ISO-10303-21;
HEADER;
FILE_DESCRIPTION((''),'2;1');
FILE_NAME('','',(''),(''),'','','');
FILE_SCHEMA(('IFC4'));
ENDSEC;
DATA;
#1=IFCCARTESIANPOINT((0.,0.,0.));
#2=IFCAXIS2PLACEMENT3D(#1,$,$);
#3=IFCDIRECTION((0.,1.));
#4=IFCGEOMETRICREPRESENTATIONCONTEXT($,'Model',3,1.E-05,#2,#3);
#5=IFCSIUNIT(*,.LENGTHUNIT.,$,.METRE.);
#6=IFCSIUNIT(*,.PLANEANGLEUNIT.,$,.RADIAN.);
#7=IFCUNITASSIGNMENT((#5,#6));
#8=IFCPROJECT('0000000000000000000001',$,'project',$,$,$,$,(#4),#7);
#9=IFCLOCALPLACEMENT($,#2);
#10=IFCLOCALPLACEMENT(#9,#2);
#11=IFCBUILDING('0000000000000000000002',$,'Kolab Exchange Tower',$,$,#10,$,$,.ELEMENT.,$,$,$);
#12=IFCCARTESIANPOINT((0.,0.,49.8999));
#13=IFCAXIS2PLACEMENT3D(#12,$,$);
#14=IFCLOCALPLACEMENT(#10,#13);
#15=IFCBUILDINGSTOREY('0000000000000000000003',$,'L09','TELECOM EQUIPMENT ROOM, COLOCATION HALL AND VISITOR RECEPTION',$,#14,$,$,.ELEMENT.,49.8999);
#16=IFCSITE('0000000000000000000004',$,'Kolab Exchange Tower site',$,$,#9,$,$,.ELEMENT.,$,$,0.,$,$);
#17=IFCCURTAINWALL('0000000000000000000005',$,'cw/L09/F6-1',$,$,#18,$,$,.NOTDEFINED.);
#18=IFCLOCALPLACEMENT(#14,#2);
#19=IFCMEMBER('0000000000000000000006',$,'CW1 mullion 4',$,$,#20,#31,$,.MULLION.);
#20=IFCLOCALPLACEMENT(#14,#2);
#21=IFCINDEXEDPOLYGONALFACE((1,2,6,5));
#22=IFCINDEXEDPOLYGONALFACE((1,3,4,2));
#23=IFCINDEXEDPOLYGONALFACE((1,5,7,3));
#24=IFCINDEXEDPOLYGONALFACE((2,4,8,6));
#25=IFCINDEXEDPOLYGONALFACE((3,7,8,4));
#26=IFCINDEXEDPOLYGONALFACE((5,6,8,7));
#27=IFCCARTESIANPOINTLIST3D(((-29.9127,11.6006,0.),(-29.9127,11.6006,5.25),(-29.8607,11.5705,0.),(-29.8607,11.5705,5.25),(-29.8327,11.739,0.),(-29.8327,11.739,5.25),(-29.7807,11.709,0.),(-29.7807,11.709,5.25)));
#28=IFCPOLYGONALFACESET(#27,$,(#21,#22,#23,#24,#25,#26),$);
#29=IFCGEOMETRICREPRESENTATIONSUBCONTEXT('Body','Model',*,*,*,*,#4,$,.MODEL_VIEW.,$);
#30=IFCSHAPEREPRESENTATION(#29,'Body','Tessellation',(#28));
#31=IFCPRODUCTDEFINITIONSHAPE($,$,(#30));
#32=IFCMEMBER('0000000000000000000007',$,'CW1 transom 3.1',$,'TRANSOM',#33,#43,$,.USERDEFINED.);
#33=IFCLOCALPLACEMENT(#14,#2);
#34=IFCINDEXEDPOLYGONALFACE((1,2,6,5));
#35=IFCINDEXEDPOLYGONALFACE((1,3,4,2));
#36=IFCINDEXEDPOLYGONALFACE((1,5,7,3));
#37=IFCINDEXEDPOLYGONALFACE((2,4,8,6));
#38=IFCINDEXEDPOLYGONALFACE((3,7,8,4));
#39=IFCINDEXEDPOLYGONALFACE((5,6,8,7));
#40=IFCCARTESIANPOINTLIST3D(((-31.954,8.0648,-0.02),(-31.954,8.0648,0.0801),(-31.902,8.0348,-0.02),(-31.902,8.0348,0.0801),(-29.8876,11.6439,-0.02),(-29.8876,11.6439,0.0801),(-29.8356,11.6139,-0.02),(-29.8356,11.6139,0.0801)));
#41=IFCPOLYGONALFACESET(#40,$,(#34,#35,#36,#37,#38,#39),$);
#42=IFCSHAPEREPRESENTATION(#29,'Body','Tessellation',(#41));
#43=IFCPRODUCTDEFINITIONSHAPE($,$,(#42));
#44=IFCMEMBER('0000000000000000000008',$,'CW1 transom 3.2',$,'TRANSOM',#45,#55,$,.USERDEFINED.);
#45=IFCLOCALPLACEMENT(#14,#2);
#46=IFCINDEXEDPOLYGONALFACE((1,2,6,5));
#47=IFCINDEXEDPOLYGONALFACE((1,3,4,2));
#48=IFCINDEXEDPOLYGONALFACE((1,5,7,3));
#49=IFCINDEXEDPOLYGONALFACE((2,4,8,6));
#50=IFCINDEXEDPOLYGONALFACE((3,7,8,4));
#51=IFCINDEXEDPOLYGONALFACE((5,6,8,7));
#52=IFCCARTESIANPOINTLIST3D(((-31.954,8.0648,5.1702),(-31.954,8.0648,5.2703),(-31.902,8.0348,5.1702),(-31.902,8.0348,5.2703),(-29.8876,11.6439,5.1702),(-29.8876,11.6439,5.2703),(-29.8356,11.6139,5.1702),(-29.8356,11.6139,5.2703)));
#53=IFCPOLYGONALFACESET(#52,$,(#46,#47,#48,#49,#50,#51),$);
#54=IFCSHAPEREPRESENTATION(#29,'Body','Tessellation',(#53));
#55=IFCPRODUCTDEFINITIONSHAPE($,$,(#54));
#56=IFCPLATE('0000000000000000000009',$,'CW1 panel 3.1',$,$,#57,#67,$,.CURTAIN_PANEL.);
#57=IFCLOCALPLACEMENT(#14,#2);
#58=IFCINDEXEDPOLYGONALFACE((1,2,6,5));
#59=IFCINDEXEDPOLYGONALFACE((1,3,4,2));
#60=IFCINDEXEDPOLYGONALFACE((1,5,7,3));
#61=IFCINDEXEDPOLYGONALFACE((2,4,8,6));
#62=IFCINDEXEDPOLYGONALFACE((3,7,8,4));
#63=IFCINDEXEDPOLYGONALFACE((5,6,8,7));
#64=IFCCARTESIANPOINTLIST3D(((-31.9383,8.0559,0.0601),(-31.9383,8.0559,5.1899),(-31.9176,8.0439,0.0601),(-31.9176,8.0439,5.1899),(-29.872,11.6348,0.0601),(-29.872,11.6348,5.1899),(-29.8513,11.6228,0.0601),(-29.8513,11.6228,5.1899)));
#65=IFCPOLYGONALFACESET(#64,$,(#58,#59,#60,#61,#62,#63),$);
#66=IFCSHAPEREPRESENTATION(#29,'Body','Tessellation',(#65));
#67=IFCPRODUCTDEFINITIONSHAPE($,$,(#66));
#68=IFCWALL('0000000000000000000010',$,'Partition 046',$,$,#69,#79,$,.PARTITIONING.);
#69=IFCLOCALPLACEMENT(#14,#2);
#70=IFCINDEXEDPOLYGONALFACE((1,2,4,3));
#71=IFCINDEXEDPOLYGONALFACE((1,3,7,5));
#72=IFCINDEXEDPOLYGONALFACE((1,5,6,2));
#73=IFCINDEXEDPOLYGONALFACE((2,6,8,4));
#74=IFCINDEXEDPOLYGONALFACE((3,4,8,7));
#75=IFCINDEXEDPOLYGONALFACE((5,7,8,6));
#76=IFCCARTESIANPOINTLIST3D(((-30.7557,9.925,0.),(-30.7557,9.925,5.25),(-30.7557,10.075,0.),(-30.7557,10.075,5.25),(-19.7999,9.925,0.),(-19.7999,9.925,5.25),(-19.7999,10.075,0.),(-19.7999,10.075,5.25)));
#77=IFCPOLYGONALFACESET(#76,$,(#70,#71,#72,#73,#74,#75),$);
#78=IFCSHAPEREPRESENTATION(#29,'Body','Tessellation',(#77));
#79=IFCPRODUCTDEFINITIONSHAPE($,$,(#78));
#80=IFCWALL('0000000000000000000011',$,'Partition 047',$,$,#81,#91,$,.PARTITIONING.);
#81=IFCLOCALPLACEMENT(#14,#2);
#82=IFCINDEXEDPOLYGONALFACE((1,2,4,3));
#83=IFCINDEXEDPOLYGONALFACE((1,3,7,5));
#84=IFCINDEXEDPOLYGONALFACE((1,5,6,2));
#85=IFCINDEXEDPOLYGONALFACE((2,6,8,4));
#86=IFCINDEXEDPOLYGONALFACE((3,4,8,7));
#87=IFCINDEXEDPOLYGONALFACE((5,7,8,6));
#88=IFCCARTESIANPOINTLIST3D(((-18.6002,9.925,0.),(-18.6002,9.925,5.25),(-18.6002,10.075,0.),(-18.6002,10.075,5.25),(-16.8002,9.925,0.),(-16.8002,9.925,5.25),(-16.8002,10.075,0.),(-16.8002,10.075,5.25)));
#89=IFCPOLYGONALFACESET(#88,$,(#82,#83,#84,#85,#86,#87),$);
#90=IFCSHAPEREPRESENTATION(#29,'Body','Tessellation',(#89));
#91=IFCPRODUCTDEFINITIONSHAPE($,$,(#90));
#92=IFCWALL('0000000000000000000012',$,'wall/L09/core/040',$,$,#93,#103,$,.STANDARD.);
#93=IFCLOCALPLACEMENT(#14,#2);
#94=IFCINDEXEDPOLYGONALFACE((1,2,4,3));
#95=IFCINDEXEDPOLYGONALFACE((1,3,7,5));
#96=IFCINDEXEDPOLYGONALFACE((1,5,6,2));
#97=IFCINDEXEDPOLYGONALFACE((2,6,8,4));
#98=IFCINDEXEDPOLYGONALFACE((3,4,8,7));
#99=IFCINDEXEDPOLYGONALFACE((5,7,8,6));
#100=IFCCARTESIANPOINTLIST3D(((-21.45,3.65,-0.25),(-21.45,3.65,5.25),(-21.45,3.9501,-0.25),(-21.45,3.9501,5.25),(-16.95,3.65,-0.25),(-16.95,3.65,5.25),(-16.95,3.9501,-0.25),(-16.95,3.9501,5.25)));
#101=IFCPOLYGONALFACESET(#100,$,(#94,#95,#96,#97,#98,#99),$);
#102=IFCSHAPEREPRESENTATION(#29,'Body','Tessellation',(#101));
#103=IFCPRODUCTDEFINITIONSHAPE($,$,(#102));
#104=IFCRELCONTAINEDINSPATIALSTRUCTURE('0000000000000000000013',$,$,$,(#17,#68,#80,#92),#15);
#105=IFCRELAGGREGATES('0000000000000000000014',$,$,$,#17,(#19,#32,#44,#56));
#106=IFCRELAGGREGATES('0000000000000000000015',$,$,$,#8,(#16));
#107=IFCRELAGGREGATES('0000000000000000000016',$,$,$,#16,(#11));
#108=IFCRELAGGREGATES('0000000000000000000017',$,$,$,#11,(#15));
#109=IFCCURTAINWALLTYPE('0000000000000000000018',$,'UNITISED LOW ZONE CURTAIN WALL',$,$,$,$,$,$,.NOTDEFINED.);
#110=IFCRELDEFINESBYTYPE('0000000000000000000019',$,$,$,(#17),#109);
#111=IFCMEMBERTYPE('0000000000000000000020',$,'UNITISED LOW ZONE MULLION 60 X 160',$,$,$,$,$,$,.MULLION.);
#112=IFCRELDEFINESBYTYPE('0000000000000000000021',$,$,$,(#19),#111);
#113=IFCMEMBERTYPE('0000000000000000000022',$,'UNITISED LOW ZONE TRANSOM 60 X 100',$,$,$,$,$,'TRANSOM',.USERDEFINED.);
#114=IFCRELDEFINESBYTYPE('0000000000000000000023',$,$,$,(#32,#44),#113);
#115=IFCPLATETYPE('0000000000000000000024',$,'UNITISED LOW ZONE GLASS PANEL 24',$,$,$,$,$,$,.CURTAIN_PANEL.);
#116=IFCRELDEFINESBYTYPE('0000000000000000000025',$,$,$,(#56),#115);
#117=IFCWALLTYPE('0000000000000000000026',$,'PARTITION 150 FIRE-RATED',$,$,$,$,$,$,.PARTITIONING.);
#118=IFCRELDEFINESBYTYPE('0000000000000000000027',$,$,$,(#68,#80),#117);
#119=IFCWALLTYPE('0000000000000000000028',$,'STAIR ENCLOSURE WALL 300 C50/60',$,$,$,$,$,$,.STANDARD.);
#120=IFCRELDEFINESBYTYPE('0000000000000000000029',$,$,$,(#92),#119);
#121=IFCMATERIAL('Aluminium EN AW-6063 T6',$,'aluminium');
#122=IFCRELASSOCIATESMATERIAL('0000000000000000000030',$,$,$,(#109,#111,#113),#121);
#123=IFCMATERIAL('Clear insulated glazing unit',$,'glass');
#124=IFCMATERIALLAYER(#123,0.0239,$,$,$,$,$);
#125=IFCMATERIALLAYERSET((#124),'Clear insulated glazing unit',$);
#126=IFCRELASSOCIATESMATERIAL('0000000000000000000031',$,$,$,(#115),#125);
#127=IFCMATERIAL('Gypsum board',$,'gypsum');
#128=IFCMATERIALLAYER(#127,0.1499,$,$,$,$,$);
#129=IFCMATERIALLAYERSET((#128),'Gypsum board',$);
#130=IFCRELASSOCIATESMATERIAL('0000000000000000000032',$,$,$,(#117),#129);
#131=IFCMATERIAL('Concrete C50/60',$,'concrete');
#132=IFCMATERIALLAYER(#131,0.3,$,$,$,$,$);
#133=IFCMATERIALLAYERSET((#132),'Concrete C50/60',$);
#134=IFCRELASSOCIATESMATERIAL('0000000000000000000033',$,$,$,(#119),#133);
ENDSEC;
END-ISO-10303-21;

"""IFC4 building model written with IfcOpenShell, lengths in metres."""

from ifc_helpers import new_model, si_unit, direction, frame, frame_2d, origin, origin_2d, place, context, subcontext, project, spatial, rectangle, extrude, material, layer, layer_set, material_profile, profile_set, type_object, element, aggregate, save


model = new_model("IFC4")

# Units and contexts
model_context = context("Model", 3, precision=1e-05, world=origin(), true_north=direction((0.0, 1.0)))
body_context = subcontext(model_context, "Body", "Model", "MODEL_VIEW")
ifc_project = project(units=[si_unit("LENGTHUNIT", "METRE"), si_unit("PLANEANGLEUNIT", "RADIAN")], contexts=[model_context])

# Site, building, storey
site_placement = place(None, origin())
site = spatial("IfcSite", under=ifc_project, at=site_placement, Name="Kolab Exchange Tower site", CompositionType="ELEMENT", RefElevation=0.0)
building_placement = place(site_placement, origin())
building = spatial("IfcBuilding", under=site, at=building_placement, Name="Kolab Exchange Tower", CompositionType="ELEMENT")
storey_placement = place(building_placement, frame((0.0, 0.0, 49.8999)))
storey = spatial("IfcBuildingStorey", under=building, at=storey_placement, Name="L09", Description="TELECOM EQUIPMENT ROOM, COLOCATION HALL AND VISITOR RECEPTION", CompositionType="ELEMENT", Elevation=49.8999)

# Curtain wall, members, plate
ifc_material_1 = material(Name="Aluminium EN AW-6063 T6", Category="aluminium")
curtain_wall_type = type_object("IfcCurtainWallType", Name="UNITISED LOW ZONE CURTAIN WALL", PredefinedType="NOTDEFINED", material=ifc_material_1)
curtain_wall_placement = place(storey_placement, origin())
curtain_wall = element("IfcCurtainWall", 1, at=curtain_wall_placement, inside=storey, type_object=curtain_wall_type, Name="cw/L09/F6-1", PredefinedType="NOTDEFINED")
ifc_material_profile_1 = material_profile(ifc_material_1, rectangle(XDim=0.0601, YDim=0.1599, at=origin_2d()), Name="RECT 60X160")
ifc_profile_set_1 = profile_set([ifc_material_profile_1], Name="Aluminium EN AW-6063 T6")
member_type_1 = type_object("IfcMemberType", Name="UNITISED LOW ZONE MULLION 60 X 160", PredefinedType="MULLION", material=ifc_profile_set_1)
member_1_placement = place(storey_placement, frame((-29.8467, 11.6548, 0.0), z_axis=(0.0, 0.0, 1.0), x_axis=(-0.866025, 0.5, 0.0)))
member_1 = element("IfcMember", 2, at=member_1_placement, type_object=member_type_1, Name="CW1 mullion 4", PredefinedType="MULLION", context=body_context, shape_type="SweptSolid", body=[
    extrude(rectangle(XDim=0.0601, YDim=0.1599, at=origin_2d()), origin(), (0.0, 0.0, 1.0), 5.25),
])
ifc_material_profile_2 = material_profile(ifc_material_1, rectangle(XDim=0.0601, YDim=0.1001, at=origin_2d()), Name="RECT 60X100")
ifc_profile_set_2 = profile_set([ifc_material_profile_2], Name="Aluminium EN AW-6063 T6")
member_type_2 = type_object("IfcMemberType", Name="UNITISED LOW ZONE TRANSOM 60 X 100", ElementType="TRANSOM", PredefinedType="USERDEFINED", material=ifc_profile_set_2)
member_2_placement = place(storey_placement, frame((-31.928, 8.0498, 0.03), z_axis=(0.500002, 0.866024, 0.0), x_axis=(-0.866024, 0.500002, 0.0)))
member_2 = element("IfcMember", 3, at=member_2_placement, type_object=member_type_2, Name="CW1 transom 3.1", ObjectType="TRANSOM", PredefinedType="USERDEFINED", context=body_context, shape_type="SweptSolid", body=[
    extrude(rectangle(XDim=0.0601, YDim=0.1001, at=origin_2d()), origin(), (0.0, 0.0, 1.0), 4.1328),
])
member_3_placement = place(storey_placement, frame((-31.928, 8.0498, 5.2202), z_axis=(0.500002, 0.866024, 0.0), x_axis=(-0.866024, 0.500002, 0.0)))
member_3 = element("IfcMember", 4, at=member_3_placement, type_object=member_type_2, Name="CW1 transom 3.2", ObjectType="TRANSOM", PredefinedType="USERDEFINED", context=body_context, shape_type="SweptSolid", body=[
    extrude(rectangle(XDim=0.0601, YDim=0.1001, at=origin_2d()), origin(), (0.0, 0.0, 1.0), 4.1328),
])
ifc_material_2 = material(Name="Clear insulated glazing unit", Category="glass")
ifc_layer_1 = layer(ifc_material_2, 0.0239)
ifc_layer_set_1 = layer_set([ifc_layer_1], Name="Clear insulated glazing unit")
plate_type = type_object("IfcPlateType", Name="UNITISED LOW ZONE GLASS PANEL 24", PredefinedType="CURTAIN_PANEL", material=ifc_layer_set_1)
plate_placement = place(storey_placement, frame((-30.8948, 9.8394, 0.0601), z_axis=(0.0, 0.0, 1.0), x_axis=(0.5, 0.866025, 0.0)))
plate = element("IfcPlate", 5, at=plate_placement, type_object=plate_type, Name="CW1 panel 3.1", PredefinedType="CURTAIN_PANEL", context=body_context, shape_type="SweptSolid", body=[
    extrude(rectangle(XDim=4.1326, YDim=0.0239, at=origin_2d()), origin(), (0.0, 0.0, 1.0), 5.1299),
])
aggregate(curtain_wall, [member_1, member_2, member_3, plate])

# Walls
ifc_material_3 = material(Name="Gypsum board", Category="gypsum")
ifc_layer_2 = layer(ifc_material_3, 0.1499)
ifc_layer_set_2 = layer_set([ifc_layer_2], Name="Gypsum board")
wall_type_1 = type_object("IfcWallType", Name="PARTITION 150 FIRE-RATED", PredefinedType="PARTITIONING", material=ifc_layer_set_2)
wall_1_placement = place(storey_placement, frame((-30.7559, 10.0, 0.0), z_axis=(0.0, 0.0, 1.0), x_axis=(1.0, 0.0, 0.0)))
element("IfcWall", 6, at=wall_1_placement, inside=storey, type_object=wall_type_1, Name="Partition 046", PredefinedType="PARTITIONING", context=body_context, shape_type="SweptSolid", body=[
    extrude(rectangle(XDim=10.9558, YDim=0.1499, at=frame_2d((5.478, 0.0))), origin(), (0.0, 0.0, 1.0), 5.25),
])
wall_2_placement = place(storey_placement, frame((-18.6001, 10.0, 0.0), z_axis=(0.0, 0.0, 1.0), x_axis=(1.0, 0.0, 0.0)))
element("IfcWall", 7, at=wall_2_placement, inside=storey, type_object=wall_type_1, Name="Partition 047", PredefinedType="PARTITIONING", context=body_context, shape_type="SweptSolid", body=[
    extrude(rectangle(XDim=1.8, YDim=0.1499, at=frame_2d((0.8999, 0.0))), origin(), (0.0, 0.0, 1.0), 5.25),
])
ifc_material_4 = material(Name="Concrete C50/60", Category="concrete")
ifc_layer_3 = layer(ifc_material_4, 0.3)
ifc_layer_set_3 = layer_set([ifc_layer_3], Name="Concrete C50/60")
wall_type_2 = type_object("IfcWallType", Name="STAIR ENCLOSURE WALL 300 C50/60", PredefinedType="STANDARD", material=ifc_layer_set_3)
wall_3_placement = place(storey_placement, frame((-21.45, 3.8, -0.25), z_axis=(0.0, 0.0, 1.0), x_axis=(1.0, 0.0, 0.0)))
element("IfcWall", 8, at=wall_3_placement, inside=storey, type_object=wall_type_2, Name="wall/L09/core/040", PredefinedType="STANDARD", context=body_context, shape_type="SweptSolid", body=[
    extrude(rectangle(XDim=4.5, YDim=0.3, at=frame_2d((2.25, 0.0))), origin(), (0.0, 0.0, 1.0), 5.5),
])

save(model, "model.ifc")
